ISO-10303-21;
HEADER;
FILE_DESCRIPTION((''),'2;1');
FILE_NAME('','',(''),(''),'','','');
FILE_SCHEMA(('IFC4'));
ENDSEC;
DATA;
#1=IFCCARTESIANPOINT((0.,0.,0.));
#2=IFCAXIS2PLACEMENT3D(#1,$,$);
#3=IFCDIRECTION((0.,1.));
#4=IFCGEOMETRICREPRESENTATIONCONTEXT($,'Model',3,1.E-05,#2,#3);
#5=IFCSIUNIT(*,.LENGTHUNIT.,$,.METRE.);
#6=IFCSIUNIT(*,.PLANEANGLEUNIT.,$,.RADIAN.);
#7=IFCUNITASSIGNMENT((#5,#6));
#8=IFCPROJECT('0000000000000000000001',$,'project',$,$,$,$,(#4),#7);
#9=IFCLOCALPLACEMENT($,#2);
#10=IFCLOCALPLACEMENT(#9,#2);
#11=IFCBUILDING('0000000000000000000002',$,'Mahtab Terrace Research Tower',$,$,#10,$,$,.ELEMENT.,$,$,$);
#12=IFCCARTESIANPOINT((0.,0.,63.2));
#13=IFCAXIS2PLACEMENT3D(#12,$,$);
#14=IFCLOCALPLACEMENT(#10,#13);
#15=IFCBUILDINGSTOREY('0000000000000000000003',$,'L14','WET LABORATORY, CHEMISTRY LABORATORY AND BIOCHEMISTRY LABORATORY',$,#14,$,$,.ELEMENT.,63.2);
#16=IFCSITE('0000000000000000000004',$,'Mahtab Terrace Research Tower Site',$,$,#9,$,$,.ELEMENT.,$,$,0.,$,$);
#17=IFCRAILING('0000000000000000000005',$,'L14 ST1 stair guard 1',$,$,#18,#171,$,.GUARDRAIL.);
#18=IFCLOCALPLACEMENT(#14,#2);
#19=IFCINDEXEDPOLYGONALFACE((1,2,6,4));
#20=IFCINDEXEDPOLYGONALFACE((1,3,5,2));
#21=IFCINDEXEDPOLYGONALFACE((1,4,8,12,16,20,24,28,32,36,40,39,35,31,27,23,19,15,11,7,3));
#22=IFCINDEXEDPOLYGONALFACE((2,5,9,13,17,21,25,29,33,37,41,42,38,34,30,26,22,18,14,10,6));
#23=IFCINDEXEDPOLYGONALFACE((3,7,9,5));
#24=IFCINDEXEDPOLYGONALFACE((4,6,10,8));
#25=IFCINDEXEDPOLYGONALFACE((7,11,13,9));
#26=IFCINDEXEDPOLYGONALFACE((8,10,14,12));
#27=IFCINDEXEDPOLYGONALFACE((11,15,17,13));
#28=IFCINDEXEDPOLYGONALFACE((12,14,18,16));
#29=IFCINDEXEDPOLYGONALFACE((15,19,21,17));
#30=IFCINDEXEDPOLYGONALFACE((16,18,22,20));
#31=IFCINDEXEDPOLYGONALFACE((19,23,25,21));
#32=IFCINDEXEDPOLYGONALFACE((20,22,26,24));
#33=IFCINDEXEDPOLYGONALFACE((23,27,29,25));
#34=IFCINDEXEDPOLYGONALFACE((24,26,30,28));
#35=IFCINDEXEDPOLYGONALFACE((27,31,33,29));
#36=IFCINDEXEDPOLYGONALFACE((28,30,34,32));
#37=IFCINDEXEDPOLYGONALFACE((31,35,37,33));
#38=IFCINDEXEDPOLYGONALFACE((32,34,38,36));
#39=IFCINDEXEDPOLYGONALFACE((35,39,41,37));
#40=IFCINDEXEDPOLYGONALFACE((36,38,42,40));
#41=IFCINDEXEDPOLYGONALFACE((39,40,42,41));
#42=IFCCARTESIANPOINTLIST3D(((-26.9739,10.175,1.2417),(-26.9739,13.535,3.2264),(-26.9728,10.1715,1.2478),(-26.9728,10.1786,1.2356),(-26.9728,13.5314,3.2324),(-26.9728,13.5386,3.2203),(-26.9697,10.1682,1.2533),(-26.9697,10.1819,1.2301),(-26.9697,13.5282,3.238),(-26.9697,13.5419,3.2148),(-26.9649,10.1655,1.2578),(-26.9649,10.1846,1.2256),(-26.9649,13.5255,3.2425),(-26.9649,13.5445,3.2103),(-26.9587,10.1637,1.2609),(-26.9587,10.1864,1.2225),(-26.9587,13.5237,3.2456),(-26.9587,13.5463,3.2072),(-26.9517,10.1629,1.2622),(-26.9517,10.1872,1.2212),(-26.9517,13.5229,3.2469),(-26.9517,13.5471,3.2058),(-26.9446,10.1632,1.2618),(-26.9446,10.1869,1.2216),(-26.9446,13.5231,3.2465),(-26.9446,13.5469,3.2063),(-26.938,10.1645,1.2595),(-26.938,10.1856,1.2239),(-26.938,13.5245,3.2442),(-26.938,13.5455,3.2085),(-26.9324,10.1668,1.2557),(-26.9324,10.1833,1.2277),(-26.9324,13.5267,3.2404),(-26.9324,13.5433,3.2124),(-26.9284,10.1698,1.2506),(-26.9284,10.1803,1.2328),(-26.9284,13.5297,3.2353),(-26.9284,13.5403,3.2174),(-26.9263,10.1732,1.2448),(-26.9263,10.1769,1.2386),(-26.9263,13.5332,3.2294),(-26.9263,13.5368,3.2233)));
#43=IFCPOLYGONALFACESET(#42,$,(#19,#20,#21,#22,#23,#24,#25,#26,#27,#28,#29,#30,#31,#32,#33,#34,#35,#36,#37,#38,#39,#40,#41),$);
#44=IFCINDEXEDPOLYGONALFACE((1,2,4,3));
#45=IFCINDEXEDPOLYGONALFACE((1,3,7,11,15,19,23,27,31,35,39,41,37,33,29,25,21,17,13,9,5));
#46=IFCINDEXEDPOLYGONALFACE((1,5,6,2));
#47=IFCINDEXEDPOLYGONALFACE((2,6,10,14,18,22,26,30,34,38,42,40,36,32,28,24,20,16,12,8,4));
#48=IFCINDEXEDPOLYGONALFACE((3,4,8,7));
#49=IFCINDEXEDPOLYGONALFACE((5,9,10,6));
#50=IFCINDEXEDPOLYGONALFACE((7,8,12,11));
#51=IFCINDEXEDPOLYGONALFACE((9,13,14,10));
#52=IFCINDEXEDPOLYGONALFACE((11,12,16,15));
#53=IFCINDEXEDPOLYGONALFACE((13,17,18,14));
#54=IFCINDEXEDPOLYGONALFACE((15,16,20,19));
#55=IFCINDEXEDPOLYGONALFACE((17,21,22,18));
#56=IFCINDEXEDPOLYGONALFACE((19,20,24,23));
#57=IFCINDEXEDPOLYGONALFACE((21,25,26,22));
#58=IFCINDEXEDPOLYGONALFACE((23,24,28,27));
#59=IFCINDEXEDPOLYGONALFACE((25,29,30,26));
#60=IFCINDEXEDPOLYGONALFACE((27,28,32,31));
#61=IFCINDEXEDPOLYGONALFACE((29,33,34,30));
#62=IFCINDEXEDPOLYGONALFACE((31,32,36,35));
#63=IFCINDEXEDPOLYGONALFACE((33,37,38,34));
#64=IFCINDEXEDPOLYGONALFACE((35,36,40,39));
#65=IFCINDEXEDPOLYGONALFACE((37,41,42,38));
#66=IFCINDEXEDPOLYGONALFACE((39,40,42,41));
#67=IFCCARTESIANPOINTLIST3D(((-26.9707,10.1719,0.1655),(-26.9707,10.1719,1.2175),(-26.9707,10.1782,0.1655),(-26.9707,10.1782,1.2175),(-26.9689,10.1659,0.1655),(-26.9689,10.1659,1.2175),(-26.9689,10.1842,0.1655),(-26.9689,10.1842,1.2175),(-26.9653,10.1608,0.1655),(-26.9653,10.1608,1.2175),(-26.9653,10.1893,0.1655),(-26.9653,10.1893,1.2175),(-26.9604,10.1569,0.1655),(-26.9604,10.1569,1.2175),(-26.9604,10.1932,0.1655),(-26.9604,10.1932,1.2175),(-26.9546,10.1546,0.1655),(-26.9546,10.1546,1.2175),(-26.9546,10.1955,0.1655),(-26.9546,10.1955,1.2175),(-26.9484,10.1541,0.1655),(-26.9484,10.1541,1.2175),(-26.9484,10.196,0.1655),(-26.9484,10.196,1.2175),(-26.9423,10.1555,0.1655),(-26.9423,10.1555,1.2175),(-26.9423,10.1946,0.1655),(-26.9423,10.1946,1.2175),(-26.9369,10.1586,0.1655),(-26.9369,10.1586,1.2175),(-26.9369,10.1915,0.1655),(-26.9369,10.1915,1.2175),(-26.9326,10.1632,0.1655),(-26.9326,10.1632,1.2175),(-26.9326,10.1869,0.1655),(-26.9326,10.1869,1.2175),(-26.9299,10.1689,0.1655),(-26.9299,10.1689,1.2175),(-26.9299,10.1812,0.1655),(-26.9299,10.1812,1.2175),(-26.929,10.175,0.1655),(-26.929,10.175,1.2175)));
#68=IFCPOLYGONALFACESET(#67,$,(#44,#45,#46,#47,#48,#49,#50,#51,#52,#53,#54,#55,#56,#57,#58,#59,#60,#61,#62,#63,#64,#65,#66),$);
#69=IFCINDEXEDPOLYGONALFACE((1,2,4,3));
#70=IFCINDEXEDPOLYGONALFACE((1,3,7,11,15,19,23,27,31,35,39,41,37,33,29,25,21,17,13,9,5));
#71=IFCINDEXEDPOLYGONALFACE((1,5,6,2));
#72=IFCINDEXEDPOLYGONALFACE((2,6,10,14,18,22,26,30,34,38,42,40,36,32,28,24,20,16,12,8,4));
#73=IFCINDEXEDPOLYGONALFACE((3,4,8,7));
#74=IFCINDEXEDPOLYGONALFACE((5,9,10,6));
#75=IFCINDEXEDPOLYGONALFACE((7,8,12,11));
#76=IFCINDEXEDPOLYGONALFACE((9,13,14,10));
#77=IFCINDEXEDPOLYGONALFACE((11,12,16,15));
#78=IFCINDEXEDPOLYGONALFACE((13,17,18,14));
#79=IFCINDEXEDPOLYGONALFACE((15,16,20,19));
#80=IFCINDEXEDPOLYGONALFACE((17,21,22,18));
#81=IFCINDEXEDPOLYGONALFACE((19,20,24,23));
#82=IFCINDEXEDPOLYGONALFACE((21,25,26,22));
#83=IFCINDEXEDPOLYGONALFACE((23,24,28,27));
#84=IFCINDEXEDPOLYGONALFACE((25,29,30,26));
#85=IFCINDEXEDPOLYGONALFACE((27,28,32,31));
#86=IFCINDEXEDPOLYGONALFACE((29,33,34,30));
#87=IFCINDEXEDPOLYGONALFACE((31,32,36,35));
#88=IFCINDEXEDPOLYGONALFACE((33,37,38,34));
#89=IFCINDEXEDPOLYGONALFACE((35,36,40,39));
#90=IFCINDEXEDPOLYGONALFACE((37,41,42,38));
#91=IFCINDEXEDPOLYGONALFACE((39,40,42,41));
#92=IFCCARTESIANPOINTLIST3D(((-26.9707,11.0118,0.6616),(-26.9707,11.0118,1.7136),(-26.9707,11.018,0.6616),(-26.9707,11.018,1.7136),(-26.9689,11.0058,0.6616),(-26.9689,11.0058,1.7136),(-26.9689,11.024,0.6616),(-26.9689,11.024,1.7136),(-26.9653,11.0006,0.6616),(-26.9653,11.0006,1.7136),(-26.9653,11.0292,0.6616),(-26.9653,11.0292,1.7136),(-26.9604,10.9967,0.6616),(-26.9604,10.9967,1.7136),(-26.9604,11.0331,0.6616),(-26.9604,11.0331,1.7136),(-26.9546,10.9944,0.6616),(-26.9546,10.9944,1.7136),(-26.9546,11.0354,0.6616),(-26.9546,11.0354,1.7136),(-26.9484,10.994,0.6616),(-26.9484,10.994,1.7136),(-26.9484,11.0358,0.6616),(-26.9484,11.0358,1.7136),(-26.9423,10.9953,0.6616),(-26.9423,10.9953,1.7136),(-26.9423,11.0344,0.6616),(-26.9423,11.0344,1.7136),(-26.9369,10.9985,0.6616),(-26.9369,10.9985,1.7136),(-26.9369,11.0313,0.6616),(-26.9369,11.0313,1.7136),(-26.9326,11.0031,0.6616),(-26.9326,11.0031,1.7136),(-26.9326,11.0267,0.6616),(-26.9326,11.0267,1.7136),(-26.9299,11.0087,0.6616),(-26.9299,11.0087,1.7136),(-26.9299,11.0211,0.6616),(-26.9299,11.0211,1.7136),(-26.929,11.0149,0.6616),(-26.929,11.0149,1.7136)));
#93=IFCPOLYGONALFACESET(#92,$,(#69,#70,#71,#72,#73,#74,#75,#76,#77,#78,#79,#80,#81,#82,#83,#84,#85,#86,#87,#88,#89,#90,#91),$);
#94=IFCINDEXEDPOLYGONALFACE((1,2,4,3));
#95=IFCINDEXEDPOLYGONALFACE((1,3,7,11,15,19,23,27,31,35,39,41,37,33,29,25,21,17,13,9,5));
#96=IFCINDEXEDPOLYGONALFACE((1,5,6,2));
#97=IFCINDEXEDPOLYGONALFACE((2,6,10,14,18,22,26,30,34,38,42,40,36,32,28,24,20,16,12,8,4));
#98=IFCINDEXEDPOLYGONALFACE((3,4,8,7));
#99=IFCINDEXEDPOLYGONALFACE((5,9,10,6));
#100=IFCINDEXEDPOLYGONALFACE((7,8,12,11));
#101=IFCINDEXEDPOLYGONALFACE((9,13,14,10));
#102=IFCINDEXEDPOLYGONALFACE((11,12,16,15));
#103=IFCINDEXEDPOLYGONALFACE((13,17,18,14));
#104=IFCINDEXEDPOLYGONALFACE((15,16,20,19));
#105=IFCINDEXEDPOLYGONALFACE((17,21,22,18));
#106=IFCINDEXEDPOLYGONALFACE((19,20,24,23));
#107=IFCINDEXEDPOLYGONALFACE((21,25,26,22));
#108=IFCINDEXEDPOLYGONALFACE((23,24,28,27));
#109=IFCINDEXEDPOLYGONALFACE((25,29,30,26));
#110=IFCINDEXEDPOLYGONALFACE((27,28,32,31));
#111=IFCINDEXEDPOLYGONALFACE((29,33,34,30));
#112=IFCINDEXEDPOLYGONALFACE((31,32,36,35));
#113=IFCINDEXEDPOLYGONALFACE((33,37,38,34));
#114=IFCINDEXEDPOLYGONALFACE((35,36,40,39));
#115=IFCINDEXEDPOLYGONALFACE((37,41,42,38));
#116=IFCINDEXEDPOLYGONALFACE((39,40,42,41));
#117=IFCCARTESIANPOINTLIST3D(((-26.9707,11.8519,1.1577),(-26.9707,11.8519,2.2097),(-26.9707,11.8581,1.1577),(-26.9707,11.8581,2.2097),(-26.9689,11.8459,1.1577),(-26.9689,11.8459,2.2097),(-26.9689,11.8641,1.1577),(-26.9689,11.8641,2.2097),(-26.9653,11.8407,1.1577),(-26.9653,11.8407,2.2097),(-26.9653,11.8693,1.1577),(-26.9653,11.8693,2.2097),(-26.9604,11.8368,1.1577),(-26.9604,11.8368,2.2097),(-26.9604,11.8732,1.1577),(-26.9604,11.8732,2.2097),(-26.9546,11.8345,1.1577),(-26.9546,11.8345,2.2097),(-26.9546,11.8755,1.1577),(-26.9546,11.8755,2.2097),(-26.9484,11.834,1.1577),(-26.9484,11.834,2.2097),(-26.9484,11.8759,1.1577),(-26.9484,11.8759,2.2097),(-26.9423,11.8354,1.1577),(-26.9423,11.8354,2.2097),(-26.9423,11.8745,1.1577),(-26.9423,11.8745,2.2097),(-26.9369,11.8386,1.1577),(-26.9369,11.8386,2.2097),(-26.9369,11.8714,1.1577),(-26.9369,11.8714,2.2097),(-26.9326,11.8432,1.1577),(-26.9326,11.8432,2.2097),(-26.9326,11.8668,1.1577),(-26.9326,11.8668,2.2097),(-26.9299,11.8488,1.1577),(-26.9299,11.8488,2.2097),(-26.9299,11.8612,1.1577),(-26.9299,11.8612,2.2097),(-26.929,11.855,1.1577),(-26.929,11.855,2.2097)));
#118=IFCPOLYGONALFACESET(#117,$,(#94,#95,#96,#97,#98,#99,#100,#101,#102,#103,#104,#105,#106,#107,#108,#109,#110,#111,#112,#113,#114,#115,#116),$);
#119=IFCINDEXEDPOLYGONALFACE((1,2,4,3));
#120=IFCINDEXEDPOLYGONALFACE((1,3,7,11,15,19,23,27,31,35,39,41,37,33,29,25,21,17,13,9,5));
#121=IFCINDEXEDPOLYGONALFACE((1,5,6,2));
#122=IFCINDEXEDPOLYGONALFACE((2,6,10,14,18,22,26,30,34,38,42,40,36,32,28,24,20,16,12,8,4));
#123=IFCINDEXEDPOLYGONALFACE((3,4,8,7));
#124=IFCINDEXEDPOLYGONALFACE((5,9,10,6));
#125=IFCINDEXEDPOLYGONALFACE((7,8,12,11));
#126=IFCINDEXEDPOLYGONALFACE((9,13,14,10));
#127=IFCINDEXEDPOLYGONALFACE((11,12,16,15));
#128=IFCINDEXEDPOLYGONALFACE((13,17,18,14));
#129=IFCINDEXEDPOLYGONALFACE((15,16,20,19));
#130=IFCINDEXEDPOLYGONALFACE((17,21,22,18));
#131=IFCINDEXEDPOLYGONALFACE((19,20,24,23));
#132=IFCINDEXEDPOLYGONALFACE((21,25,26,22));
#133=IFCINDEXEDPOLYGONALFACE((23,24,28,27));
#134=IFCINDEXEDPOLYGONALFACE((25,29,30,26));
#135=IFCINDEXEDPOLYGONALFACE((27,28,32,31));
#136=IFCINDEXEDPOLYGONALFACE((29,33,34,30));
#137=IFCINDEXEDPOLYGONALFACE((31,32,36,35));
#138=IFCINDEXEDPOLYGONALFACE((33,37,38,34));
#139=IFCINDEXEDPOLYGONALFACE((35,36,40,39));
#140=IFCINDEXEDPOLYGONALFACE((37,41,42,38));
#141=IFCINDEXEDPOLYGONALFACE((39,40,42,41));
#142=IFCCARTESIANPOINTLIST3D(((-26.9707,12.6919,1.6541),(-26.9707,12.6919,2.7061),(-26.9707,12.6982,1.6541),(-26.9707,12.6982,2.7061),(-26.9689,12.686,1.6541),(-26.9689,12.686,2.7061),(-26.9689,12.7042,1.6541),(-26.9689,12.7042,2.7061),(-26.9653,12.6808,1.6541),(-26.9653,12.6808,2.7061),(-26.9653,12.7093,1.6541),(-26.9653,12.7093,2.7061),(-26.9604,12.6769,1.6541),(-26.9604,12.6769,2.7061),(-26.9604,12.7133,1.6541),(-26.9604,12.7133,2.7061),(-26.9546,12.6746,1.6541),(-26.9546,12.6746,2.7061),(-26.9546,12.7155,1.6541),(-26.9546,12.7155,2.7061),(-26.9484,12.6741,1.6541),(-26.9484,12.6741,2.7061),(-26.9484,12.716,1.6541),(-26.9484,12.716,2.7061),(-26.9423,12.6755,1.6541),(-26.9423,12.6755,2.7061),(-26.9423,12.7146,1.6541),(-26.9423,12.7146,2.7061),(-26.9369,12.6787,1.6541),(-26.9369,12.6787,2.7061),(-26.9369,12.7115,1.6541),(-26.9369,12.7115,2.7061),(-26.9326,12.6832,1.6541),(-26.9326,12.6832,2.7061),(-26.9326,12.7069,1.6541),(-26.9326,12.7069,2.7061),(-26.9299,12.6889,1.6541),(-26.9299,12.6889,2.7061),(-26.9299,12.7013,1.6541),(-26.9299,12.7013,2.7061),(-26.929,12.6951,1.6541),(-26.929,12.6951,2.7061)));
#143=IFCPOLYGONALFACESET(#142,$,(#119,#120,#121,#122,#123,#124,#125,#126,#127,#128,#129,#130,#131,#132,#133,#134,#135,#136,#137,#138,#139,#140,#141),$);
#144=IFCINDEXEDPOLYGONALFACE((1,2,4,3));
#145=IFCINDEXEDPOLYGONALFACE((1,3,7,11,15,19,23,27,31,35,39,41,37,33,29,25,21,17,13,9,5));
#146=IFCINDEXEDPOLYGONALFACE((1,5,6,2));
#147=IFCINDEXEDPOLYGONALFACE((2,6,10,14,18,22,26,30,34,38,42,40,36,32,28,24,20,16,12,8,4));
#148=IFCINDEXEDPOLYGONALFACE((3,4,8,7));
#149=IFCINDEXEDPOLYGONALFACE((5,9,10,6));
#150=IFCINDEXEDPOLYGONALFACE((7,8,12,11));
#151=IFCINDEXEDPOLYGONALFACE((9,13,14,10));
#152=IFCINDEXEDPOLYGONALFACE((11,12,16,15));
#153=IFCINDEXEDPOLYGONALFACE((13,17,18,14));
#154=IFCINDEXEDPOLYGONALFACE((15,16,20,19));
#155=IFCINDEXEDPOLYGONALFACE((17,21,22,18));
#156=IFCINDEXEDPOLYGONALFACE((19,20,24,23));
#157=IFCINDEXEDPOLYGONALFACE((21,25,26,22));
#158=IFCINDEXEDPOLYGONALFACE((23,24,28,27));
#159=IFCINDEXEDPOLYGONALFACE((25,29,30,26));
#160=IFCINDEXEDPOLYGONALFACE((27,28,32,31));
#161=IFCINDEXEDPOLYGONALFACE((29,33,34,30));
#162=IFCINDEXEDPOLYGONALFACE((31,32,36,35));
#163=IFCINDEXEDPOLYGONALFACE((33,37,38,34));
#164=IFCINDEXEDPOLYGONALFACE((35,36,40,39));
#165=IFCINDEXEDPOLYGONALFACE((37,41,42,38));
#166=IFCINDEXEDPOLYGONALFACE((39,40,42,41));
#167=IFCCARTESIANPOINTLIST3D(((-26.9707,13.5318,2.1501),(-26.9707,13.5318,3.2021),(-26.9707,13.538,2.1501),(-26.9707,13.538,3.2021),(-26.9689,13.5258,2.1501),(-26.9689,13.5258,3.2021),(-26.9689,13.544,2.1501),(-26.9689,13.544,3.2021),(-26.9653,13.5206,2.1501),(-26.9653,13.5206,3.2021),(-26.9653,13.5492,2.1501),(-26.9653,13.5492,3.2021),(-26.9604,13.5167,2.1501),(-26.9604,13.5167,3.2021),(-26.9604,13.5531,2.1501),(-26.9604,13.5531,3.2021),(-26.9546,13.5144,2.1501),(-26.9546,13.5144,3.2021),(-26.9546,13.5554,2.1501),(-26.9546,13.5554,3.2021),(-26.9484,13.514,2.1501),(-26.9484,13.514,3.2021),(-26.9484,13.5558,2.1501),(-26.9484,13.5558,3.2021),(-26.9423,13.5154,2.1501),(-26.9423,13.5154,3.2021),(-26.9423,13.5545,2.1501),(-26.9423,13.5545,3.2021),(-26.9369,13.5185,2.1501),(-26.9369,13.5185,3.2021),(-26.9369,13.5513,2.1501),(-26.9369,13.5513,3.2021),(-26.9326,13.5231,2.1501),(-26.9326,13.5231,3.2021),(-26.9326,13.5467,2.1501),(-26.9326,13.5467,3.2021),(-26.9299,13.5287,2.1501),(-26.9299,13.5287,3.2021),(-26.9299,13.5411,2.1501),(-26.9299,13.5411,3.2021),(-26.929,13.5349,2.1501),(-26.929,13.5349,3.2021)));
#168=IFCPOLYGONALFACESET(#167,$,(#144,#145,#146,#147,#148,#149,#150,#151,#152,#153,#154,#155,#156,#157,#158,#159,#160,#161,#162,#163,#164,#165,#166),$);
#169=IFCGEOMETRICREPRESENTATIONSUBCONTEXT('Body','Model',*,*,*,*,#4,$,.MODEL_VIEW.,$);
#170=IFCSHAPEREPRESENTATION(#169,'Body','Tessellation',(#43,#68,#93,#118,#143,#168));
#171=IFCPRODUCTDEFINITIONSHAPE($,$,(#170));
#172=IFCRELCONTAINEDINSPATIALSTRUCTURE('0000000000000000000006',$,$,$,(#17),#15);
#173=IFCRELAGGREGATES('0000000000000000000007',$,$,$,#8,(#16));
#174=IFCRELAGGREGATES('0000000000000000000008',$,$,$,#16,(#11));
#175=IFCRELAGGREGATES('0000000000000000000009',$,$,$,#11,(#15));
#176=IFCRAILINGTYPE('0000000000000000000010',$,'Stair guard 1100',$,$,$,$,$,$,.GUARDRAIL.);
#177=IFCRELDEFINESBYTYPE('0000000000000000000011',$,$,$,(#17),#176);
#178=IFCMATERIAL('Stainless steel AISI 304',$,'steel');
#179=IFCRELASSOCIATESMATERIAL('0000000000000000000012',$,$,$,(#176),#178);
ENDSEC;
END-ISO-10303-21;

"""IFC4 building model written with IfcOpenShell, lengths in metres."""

from ifc_helpers import new_model, si_unit, direction, frame, origin, origin_2d, place, context, subcontext, project, spatial, circle, extrude, material, type_object, element, save


model = new_model("IFC4")

# Units and contexts
model_context = context("Model", 3, precision=1e-05, world=origin(), true_north=direction((0.0, 1.0)))
body_context = subcontext(model_context, "Body", "Model", "MODEL_VIEW")
ifc_project = project(units=[si_unit("LENGTHUNIT", "METRE"), si_unit("PLANEANGLEUNIT", "RADIAN")], contexts=[model_context])

# Site, building, storey
site_placement = place(None, origin())
site = spatial("IfcSite", under=ifc_project, at=site_placement, Name="Mahtab Terrace Research Tower Site", CompositionType="ELEMENT", RefElevation=0.0)
building_placement = place(site_placement, origin())
building = spatial("IfcBuilding", under=site, at=building_placement, Name="Mahtab Terrace Research Tower", CompositionType="ELEMENT")
storey_placement = place(building_placement, frame((0.0, 0.0, 63.2)))
storey = spatial("IfcBuildingStorey", under=building, at=storey_placement, Name="L14", Description="WET LABORATORY, CHEMISTRY LABORATORY AND BIOCHEMISTRY LABORATORY", CompositionType="ELEMENT", Elevation=63.2)

# Railing
ifc_material_1 = material(Name="Stainless steel AISI 304", Category="steel")
railing_type_1 = type_object("IfcRailingType", Name="Stair guard 1100", PredefinedType="GUARDRAIL", material=ifc_material_1)
railing_1_placement = place(storey_placement, frame((-26.95, 10.175, 0.1655)))
element("IfcRailing", 1, at=railing_1_placement, inside=storey, type_object=railing_type_1, Name="L14 ST1 stair guard 1", PredefinedType="GUARDRAIL", context=body_context, shape_type="SweptSolid", body=[
    extrude(circle(Radius=0.0239, at=origin_2d()), frame((0.0, 0.0, 1.0762), z_axis=(0.0, 0.861011, 0.508586), x_axis=(-1.0, 0.0, 0.0)), (0.0, 0.0, 1.0), 3.9023),
    extrude(circle(Radius=0.021, at=origin_2d()), origin(), (0.0, 0.0, 1.0), 1.052),
    extrude(circle(Radius=0.021, at=origin_2d()), frame((0.0, 0.8398, 0.4961)), (0.0, 0.0, 1.0), 1.052),
    extrude(circle(Radius=0.021, at=origin_2d()), frame((0.0, 1.6799, 0.9922)), (0.0, 0.0, 1.0), 1.052),
    extrude(circle(Radius=0.021, at=origin_2d()), frame((0.0, 2.52, 1.4885)), (0.0, 0.0, 1.0), 1.052),
    extrude(circle(Radius=0.021, at=origin_2d()), frame((0.0, 3.3599, 1.9846)), (0.0, 0.0, 1.0), 1.052),
])

save(model, "model.ifc")
